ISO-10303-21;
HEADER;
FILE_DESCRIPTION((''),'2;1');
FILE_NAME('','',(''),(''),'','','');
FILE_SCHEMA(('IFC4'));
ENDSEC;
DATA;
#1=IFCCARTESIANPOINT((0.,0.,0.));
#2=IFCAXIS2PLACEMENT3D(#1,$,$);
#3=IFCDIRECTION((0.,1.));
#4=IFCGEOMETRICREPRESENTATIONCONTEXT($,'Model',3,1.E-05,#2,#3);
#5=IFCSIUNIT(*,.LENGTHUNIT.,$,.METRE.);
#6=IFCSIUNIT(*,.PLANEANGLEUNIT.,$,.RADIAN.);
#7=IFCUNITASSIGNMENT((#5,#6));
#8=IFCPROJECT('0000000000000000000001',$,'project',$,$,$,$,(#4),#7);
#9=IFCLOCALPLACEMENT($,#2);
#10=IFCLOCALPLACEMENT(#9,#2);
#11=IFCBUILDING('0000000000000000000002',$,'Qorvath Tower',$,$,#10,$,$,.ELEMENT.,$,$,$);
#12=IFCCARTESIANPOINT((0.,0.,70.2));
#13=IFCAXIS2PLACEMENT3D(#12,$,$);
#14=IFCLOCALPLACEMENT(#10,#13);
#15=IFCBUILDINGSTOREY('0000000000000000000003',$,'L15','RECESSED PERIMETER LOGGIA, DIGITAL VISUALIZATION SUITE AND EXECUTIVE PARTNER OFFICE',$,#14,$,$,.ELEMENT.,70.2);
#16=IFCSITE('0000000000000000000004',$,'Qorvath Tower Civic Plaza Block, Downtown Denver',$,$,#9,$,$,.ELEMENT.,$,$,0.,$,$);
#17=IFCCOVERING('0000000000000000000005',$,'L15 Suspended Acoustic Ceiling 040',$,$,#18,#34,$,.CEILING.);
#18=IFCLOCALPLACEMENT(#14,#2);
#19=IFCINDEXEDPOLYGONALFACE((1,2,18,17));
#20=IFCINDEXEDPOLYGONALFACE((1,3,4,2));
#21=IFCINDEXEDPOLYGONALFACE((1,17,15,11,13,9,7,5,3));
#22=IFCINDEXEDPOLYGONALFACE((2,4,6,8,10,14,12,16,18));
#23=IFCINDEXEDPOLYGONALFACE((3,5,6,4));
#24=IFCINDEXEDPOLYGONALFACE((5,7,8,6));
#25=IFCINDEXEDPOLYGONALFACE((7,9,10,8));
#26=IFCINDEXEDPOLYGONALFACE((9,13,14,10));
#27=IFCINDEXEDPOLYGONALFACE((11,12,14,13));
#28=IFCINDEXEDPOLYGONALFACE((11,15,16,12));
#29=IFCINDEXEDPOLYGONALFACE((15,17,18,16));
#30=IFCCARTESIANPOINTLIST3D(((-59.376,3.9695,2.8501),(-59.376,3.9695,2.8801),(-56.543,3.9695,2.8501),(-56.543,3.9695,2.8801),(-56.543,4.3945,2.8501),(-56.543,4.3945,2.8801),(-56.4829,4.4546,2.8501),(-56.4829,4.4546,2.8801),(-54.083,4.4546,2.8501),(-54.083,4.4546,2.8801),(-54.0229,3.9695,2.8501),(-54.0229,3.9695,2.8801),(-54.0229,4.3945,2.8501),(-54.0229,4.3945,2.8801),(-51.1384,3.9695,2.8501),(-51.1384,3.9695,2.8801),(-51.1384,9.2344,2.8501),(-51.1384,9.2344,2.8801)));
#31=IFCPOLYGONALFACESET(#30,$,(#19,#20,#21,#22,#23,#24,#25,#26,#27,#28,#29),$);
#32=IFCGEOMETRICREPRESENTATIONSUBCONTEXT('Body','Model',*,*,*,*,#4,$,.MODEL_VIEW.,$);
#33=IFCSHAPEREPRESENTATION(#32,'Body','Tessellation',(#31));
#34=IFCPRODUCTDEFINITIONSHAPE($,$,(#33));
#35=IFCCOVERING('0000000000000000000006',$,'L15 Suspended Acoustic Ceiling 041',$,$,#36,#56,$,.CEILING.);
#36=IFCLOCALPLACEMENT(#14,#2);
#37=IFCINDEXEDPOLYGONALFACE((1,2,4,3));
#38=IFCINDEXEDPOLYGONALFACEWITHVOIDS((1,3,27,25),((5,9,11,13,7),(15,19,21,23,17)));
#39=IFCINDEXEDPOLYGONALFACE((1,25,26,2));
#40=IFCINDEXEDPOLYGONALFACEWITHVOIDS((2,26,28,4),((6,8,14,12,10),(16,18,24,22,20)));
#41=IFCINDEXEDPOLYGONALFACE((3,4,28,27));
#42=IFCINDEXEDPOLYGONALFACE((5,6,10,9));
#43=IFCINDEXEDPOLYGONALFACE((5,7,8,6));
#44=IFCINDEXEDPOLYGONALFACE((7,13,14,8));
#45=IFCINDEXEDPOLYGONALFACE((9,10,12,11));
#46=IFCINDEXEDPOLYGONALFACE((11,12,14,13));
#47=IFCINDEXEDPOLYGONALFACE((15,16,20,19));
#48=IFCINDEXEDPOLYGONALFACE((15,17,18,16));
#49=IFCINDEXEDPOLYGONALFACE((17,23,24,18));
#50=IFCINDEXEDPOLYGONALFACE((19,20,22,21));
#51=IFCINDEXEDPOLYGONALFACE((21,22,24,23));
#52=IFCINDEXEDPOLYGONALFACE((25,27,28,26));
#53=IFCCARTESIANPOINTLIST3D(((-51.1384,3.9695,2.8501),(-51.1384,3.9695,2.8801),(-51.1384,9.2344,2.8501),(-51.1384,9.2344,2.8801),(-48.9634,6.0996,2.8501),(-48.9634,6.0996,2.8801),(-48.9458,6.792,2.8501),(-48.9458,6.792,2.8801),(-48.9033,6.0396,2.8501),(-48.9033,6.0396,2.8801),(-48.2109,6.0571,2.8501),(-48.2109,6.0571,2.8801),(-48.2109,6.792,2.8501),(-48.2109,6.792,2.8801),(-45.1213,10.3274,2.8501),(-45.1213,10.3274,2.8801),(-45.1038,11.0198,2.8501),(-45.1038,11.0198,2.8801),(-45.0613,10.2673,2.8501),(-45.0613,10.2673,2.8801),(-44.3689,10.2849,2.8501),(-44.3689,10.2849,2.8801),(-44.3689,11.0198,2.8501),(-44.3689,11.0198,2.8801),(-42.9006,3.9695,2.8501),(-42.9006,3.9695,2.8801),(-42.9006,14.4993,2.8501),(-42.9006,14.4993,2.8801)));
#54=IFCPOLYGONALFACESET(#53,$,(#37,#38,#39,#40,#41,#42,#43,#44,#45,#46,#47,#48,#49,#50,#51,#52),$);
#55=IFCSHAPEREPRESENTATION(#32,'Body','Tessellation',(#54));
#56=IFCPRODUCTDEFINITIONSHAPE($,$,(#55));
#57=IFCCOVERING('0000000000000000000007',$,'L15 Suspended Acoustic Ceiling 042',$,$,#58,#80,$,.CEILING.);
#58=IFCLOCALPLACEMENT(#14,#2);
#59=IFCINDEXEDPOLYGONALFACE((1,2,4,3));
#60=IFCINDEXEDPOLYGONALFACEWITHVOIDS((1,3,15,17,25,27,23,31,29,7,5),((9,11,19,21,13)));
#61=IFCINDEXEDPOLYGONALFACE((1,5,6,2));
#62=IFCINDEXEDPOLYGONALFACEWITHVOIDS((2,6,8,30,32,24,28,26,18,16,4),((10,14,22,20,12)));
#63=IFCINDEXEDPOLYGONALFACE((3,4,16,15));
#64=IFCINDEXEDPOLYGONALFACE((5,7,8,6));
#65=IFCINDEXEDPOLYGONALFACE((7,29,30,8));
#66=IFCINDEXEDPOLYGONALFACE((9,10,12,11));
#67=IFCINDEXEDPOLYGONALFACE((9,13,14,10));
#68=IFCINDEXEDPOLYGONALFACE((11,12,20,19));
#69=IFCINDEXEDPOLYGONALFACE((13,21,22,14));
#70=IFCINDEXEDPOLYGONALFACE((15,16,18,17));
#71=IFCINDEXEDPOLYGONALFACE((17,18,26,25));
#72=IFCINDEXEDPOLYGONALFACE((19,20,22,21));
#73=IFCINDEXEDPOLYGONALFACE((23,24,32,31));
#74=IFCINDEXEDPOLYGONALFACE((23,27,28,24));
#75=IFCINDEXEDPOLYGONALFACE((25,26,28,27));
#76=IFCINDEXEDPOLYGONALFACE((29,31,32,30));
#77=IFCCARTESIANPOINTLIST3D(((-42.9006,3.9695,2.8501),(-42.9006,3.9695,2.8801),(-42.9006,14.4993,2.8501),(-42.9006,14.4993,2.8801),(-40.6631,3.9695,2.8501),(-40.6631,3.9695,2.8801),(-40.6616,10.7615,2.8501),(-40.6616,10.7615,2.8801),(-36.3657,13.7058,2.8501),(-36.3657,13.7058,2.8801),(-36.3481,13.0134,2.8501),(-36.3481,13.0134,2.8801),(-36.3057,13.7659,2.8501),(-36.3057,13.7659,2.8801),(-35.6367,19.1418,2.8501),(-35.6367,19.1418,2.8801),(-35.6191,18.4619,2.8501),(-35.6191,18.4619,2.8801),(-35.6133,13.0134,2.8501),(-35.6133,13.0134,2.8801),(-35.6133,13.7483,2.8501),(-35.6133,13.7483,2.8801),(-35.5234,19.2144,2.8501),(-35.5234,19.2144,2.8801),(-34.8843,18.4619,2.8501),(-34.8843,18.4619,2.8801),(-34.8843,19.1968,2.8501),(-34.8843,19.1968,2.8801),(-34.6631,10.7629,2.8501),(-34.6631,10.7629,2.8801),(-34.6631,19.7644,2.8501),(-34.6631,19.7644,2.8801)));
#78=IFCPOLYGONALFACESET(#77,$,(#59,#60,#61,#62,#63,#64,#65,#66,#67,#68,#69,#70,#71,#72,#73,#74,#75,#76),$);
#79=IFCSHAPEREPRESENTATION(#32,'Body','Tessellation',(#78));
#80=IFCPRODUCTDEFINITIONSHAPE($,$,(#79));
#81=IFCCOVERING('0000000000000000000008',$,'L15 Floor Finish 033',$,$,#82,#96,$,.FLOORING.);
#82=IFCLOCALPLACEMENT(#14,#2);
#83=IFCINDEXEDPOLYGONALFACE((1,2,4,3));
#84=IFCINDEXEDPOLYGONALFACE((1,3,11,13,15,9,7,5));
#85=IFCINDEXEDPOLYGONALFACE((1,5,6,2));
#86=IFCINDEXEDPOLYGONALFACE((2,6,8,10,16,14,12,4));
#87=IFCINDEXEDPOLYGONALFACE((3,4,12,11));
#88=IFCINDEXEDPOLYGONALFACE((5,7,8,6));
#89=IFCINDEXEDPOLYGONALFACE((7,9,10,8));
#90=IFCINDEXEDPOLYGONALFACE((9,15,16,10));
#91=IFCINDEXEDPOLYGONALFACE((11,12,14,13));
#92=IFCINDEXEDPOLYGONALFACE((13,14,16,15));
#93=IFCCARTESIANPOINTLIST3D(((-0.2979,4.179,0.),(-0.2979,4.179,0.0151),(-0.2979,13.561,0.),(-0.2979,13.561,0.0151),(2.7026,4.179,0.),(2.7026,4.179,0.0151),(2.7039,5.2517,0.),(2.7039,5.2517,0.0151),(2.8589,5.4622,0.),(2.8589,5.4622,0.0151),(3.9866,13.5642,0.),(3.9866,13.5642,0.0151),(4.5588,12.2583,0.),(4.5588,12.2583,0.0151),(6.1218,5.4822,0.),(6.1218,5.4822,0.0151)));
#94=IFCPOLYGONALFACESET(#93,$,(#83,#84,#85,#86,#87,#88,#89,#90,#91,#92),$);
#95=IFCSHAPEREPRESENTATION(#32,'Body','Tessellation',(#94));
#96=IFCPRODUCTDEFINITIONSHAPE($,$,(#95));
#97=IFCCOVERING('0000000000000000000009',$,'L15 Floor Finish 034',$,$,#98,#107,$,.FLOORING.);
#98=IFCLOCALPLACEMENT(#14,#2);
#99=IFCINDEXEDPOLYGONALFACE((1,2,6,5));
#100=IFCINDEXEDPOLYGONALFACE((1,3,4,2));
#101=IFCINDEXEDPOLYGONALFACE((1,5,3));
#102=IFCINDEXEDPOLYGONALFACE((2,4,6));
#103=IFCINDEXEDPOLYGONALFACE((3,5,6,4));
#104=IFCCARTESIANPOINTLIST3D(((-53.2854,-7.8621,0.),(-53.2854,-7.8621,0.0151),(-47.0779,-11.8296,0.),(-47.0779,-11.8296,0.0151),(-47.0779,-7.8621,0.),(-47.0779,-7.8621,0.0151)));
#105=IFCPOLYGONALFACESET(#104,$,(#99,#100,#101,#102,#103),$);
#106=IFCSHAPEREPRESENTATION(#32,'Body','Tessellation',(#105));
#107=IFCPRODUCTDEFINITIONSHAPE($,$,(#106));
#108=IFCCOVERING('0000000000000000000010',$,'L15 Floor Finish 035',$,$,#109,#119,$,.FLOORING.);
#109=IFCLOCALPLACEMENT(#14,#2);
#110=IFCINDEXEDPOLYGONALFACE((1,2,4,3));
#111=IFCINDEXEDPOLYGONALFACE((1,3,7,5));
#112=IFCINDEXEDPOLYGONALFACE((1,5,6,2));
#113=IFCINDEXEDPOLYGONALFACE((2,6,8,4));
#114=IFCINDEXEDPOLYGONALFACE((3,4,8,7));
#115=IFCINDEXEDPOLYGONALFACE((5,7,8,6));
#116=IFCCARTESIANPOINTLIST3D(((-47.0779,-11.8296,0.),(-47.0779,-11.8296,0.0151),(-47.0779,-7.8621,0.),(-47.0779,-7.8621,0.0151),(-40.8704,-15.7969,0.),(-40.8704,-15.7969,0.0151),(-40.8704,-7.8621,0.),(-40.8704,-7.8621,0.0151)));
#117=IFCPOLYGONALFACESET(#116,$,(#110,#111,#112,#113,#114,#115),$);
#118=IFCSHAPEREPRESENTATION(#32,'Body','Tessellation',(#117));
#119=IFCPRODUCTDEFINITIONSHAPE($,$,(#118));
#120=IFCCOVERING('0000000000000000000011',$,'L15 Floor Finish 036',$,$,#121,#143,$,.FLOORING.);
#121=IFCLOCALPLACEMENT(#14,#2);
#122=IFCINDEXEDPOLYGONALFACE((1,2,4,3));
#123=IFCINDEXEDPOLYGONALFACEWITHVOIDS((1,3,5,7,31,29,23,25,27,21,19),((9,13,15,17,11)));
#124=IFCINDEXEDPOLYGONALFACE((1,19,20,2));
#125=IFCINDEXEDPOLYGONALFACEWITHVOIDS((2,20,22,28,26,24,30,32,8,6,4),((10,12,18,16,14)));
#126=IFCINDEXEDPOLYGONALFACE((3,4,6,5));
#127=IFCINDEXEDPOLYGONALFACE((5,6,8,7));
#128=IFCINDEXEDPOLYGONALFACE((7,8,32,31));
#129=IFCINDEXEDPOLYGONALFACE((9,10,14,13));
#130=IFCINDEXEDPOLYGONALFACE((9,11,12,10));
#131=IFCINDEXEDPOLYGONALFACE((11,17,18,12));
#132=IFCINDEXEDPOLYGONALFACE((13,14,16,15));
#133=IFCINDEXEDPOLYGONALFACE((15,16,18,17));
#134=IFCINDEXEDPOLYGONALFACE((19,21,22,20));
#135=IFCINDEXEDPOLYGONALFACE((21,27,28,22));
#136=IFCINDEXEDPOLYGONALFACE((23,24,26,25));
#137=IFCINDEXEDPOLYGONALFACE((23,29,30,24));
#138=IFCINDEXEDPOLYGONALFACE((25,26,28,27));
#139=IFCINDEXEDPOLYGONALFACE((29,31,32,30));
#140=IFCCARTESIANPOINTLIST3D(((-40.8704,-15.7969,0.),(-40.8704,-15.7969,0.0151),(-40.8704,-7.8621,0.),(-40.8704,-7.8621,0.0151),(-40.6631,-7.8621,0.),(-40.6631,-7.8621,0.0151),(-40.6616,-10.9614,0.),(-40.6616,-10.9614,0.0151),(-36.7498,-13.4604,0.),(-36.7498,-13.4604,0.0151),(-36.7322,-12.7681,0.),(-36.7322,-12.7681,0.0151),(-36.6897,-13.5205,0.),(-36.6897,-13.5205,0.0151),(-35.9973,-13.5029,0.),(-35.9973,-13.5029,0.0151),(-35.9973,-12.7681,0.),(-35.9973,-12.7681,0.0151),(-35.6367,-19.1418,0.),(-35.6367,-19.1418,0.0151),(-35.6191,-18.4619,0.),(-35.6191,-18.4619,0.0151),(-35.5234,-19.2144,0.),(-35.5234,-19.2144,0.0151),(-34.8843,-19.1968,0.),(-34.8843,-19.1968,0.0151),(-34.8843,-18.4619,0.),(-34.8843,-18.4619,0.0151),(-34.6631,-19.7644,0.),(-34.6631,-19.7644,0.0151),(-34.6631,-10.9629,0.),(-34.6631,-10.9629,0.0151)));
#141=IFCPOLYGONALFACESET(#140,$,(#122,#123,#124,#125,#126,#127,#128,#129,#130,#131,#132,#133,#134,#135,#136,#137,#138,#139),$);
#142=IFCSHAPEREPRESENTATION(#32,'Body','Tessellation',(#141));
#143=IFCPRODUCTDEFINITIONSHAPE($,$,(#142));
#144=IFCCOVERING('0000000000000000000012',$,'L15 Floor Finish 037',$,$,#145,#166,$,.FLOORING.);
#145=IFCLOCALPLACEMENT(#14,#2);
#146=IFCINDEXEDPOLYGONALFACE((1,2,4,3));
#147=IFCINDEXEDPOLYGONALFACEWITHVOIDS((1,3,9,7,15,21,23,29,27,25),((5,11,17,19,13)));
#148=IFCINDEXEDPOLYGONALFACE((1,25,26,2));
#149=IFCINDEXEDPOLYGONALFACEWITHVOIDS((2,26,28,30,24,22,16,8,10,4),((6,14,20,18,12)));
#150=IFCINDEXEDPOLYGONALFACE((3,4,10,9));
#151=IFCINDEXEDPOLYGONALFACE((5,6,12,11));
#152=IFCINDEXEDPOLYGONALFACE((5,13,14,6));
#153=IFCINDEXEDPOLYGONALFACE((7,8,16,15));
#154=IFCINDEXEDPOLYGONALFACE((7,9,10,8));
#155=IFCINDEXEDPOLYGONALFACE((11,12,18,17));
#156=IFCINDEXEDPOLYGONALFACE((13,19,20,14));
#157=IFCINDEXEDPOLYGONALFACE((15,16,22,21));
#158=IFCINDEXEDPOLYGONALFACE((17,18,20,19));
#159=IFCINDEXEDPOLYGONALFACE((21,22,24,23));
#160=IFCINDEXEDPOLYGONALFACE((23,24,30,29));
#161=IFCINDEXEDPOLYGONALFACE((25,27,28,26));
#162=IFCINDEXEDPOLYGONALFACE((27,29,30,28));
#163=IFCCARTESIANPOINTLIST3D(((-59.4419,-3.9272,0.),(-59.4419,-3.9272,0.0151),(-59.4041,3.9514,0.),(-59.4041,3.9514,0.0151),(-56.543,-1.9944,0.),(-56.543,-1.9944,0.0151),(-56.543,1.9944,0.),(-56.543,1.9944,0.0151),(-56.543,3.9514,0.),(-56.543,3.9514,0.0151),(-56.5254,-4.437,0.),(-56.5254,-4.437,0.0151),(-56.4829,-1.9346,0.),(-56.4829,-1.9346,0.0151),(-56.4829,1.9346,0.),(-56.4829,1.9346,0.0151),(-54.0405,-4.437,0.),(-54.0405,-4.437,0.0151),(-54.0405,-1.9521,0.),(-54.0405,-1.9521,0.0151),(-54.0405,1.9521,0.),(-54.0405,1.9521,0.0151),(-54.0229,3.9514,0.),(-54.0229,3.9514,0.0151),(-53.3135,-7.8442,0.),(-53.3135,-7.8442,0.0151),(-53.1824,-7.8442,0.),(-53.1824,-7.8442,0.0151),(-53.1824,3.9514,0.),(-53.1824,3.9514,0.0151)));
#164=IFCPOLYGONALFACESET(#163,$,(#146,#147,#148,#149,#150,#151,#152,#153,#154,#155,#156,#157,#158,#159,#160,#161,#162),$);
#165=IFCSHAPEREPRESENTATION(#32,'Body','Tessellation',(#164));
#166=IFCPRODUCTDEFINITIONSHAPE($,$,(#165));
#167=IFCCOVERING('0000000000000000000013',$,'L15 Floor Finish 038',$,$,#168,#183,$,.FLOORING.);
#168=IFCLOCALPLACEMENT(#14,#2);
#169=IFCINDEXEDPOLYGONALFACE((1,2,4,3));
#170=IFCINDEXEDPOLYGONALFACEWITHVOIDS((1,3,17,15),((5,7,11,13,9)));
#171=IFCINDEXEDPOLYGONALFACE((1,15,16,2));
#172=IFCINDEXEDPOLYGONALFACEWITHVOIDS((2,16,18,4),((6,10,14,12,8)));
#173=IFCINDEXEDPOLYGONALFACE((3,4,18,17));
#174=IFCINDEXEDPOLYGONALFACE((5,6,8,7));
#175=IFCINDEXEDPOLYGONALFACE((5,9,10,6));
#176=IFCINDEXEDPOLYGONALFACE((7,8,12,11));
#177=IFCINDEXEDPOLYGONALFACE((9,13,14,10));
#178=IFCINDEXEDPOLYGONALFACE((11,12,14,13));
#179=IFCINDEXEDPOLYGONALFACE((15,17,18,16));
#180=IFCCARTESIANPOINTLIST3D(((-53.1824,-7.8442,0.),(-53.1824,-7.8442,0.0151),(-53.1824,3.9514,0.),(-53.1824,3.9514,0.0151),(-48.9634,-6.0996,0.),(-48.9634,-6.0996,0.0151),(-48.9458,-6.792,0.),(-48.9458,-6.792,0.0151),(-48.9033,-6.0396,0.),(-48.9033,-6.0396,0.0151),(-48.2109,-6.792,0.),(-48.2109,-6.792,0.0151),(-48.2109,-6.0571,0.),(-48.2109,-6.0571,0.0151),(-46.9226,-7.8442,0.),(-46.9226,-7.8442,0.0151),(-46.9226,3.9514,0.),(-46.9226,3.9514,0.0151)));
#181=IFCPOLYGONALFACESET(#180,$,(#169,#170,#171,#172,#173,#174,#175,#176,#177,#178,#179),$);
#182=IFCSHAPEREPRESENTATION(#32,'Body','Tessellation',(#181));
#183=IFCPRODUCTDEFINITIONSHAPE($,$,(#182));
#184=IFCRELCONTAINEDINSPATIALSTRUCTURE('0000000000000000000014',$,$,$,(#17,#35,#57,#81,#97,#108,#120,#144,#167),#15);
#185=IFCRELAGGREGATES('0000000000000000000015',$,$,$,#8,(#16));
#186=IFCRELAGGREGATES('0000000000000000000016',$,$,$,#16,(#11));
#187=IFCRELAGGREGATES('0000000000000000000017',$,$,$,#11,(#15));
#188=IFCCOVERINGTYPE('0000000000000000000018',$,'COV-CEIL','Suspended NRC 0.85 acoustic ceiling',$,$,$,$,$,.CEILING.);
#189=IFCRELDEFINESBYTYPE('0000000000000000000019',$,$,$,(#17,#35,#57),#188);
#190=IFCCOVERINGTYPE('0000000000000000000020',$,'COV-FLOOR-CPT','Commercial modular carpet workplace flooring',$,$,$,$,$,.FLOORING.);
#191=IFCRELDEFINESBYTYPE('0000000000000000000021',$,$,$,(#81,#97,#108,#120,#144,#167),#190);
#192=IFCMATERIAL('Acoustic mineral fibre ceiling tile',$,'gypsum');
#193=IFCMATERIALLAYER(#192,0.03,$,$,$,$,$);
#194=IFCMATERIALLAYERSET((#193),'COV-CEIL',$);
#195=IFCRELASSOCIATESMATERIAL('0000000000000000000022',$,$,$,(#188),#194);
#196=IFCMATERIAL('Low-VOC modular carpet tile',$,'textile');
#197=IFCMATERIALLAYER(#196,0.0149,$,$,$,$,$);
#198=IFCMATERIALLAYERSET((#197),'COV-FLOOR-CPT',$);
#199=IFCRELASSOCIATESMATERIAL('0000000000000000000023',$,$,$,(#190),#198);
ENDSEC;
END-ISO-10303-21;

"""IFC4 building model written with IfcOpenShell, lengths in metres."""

from ifc_helpers import new_model, si_unit, direction, frame, origin, place, context, subcontext, project, spatial, polyline, outline, extrude, material, layer, layer_set, type_object, element, save


model = new_model("IFC4")

# Units and contexts
model_context = context("Model", 3, precision=1e-05, world=origin(), true_north=direction((0.0, 1.0)))
body_context = subcontext(model_context, "Body", "Model", "MODEL_VIEW")
ifc_project = project(units=[si_unit("LENGTHUNIT", "METRE"), si_unit("PLANEANGLEUNIT", "RADIAN")], contexts=[model_context])

# Site, building, storey
site_placement = place(None, origin())
site = spatial("IfcSite", under=ifc_project, at=site_placement, Name="Qorvath Tower Civic Plaza Block, Downtown Denver", CompositionType="ELEMENT", RefElevation=0.0)
building_placement = place(site_placement, origin())
building = spatial("IfcBuilding", under=site, at=building_placement, Name="Qorvath Tower", CompositionType="ELEMENT")
storey_placement = place(building_placement, frame((0.0, 0.0, 70.2)))
storey = spatial("IfcBuildingStorey", under=building, at=storey_placement, Name="L15", Description="RECESSED PERIMETER LOGGIA, DIGITAL VISUALIZATION SUITE AND EXECUTIVE PARTNER OFFICE", CompositionType="ELEMENT", Elevation=70.2)

# Coverings
ifc_material_1 = material(Name="Acoustic mineral fibre ceiling tile", Category="gypsum")
ifc_layer_1 = layer(ifc_material_1, 0.03)
ifc_layer_set_1 = layer_set([ifc_layer_1], Name="COV-CEIL")
covering_type_1 = type_object("IfcCoveringType", Name="COV-CEIL", Description="Suspended NRC 0.85 acoustic ceiling", PredefinedType="CEILING", material=ifc_layer_set_1)
covering_1_placement = place(storey_placement, frame((0.0, 0.0, 2.8501)))
element("IfcCovering", 1, at=covering_1_placement, inside=storey, type_object=covering_type_1, Name="L15 Suspended Acoustic Ceiling 040", PredefinedType="CEILING", context=body_context, shape_type="SweptSolid", body=[
    extrude(outline(polyline([(-51.1384, 3.9695), (-51.1384, 9.2344), (-59.376, 3.9695), (-56.543, 3.9695), (-56.543, 4.3945), (-56.4829, 4.4546), (-54.083, 4.4546), (-54.0229, 4.3945), (-54.0229, 3.9695), (-51.1384, 3.9695)])), origin(), (0.0, 0.0, 1.0), 0.03),
])
covering_2_placement = place(storey_placement, frame((0.0, 0.0, 2.8501)))
element("IfcCovering", 2, at=covering_2_placement, inside=storey, type_object=covering_type_1, Name="L15 Suspended Acoustic Ceiling 041", PredefinedType="CEILING", context=body_context, shape_type="SweptSolid", body=[
    extrude(outline(polyline([(-42.9006, 3.9695), (-42.9006, 14.4993), (-51.1384, 9.2344), (-51.1384, 3.9695), (-42.9006, 3.9695)]), holes=[polyline([(-45.1213, 10.3274), (-45.1038, 11.0198), (-44.3689, 11.0198), (-44.3689, 10.2849), (-45.0613, 10.2673), (-45.1213, 10.3274)]), polyline([(-48.9634, 6.0996), (-48.9458, 6.792), (-48.2109, 6.792), (-48.2109, 6.0571), (-48.9033, 6.0396), (-48.9634, 6.0996)])]), origin(), (0.0, 0.0, 1.0), 0.03),
])
covering_3_placement = place(storey_placement, frame((0.0, 0.0, 2.8501)))
element("IfcCovering", 3, at=covering_3_placement, inside=storey, type_object=covering_type_1, Name="L15 Suspended Acoustic Ceiling 042", PredefinedType="CEILING", context=body_context, shape_type="SweptSolid", body=[
    extrude(outline(polyline([(-34.6631, 10.7629), (-34.6631, 19.7644), (-35.5234, 19.2144), (-34.8843, 19.1968), (-34.8843, 18.4619), (-35.6191, 18.4619), (-35.6367, 19.1418), (-42.9006, 14.4993), (-42.9006, 3.9695), (-40.6631, 3.9695), (-40.6616, 10.7615), (-34.6631, 10.7629)]), holes=[polyline([(-36.3657, 13.7058), (-36.3057, 13.7659), (-35.6133, 13.7483), (-35.6133, 13.0134), (-36.3481, 13.0134), (-36.3657, 13.7058)])]), origin(), (0.0, 0.0, 1.0), 0.03),
])
ifc_material_2 = material(Name="Low-VOC modular carpet tile", Category="textile")
ifc_layer_2 = layer(ifc_material_2, 0.0149)
ifc_layer_set_2 = layer_set([ifc_layer_2], Name="COV-FLOOR-CPT")
covering_type_2 = type_object("IfcCoveringType", Name="COV-FLOOR-CPT", Description="Commercial modular carpet workplace flooring", PredefinedType="FLOORING", material=ifc_layer_set_2)
covering_4_placement = place(storey_placement, origin())
element("IfcCovering", 4, at=covering_4_placement, inside=storey, type_object=covering_type_2, Name="L15 Floor Finish 033", PredefinedType="FLOORING", context=body_context, shape_type="SweptSolid", body=[
    extrude(outline(polyline([(2.8589, 5.4622), (6.1218, 5.4822), (4.5588, 12.2583), (3.9866, 13.5642), (-0.2979, 13.561), (-0.2979, 4.179), (2.7026, 4.179), (2.7039, 5.2517), (2.8589, 5.4622)])), origin(), (0.0, 0.0, 1.0), 0.0151),
])
covering_5_placement = place(storey_placement, origin())
element("IfcCovering", 5, at=covering_5_placement, inside=storey, type_object=covering_type_2, Name="L15 Floor Finish 034", PredefinedType="FLOORING", context=body_context, shape_type="SweptSolid", body=[
    extrude(outline(polyline([(-47.0779, -11.8296), (-47.0779, -7.8621), (-53.2854, -7.8621), (-47.0779, -11.8296)])), origin(), (0.0, 0.0, 1.0), 0.0151),
])
covering_6_placement = place(storey_placement, origin())
element("IfcCovering", 6, at=covering_6_placement, inside=storey, type_object=covering_type_2, Name="L15 Floor Finish 035", PredefinedType="FLOORING", context=body_context, shape_type="SweptSolid", body=[
    extrude(outline(polyline([(-40.8704, -15.7969), (-40.8704, -7.8621), (-47.0779, -7.8621), (-47.0779, -11.8296), (-40.8704, -15.7969)])), origin(), (0.0, 0.0, 1.0), 0.0151),
])
covering_7_placement = place(storey_placement, origin())
element("IfcCovering", 7, at=covering_7_placement, inside=storey, type_object=covering_type_2, Name="L15 Floor Finish 036", PredefinedType="FLOORING", context=body_context, shape_type="SweptSolid", body=[
    extrude(outline(polyline([(-40.6631, -7.8621), (-40.8704, -7.8621), (-40.8704, -15.7969), (-35.6367, -19.1418), (-35.6191, -18.4619), (-34.8843, -18.4619), (-34.8843, -19.1968), (-35.5234, -19.2144), (-34.6631, -19.7644), (-34.6631, -10.9629), (-40.6616, -10.9614), (-40.6631, -7.8621)]), holes=[polyline([(-36.7498, -13.4604), (-36.7322, -12.7681), (-35.9973, -12.7681), (-35.9973, -13.5029), (-36.6897, -13.5205), (-36.7498, -13.4604)])]), origin(), (0.0, 0.0, 1.0), 0.0151),
])
covering_8_placement = place(storey_placement, origin())
element("IfcCovering", 8, at=covering_8_placement, inside=storey, type_object=covering_type_2, Name="L15 Floor Finish 037", PredefinedType="FLOORING", context=body_context, shape_type="SweptSolid", body=[
    extrude(outline(polyline([(-59.4041, 3.9514), (-59.4419, -3.9272), (-53.3135, -7.8442), (-53.1824, -7.8442), (-53.1824, 3.9514), (-54.0229, 3.9514), (-54.0405, 1.9521), (-56.4829, 1.9346), (-56.543, 1.9944), (-56.543, 3.9514), (-59.4041, 3.9514)]), holes=[polyline([(-56.543, -1.9944), (-56.4829, -1.9346), (-54.0405, -1.9521), (-54.0405, -4.437), (-56.5254, -4.437), (-56.543, -1.9944)])]), origin(), (0.0, 0.0, 1.0), 0.0151),
])
covering_9_placement = place(storey_placement, origin())
element("IfcCovering", 9, at=covering_9_placement, inside=storey, type_object=covering_type_2, Name="L15 Floor Finish 038", PredefinedType="FLOORING", context=body_context, shape_type="SweptSolid", body=[
    extrude(outline(polyline([(-53.1824, 3.9514), (-53.1824, -7.8442), (-46.9226, -7.8442), (-46.9226, 3.9514), (-53.1824, 3.9514)]), holes=[polyline([(-48.9634, -6.0996), (-48.9033, -6.0396), (-48.2109, -6.0571), (-48.2109, -6.792), (-48.9458, -6.792), (-48.9634, -6.0996)])]), origin(), (0.0, 0.0, 1.0), 0.0151),
])

save(model, "model.ifc")
